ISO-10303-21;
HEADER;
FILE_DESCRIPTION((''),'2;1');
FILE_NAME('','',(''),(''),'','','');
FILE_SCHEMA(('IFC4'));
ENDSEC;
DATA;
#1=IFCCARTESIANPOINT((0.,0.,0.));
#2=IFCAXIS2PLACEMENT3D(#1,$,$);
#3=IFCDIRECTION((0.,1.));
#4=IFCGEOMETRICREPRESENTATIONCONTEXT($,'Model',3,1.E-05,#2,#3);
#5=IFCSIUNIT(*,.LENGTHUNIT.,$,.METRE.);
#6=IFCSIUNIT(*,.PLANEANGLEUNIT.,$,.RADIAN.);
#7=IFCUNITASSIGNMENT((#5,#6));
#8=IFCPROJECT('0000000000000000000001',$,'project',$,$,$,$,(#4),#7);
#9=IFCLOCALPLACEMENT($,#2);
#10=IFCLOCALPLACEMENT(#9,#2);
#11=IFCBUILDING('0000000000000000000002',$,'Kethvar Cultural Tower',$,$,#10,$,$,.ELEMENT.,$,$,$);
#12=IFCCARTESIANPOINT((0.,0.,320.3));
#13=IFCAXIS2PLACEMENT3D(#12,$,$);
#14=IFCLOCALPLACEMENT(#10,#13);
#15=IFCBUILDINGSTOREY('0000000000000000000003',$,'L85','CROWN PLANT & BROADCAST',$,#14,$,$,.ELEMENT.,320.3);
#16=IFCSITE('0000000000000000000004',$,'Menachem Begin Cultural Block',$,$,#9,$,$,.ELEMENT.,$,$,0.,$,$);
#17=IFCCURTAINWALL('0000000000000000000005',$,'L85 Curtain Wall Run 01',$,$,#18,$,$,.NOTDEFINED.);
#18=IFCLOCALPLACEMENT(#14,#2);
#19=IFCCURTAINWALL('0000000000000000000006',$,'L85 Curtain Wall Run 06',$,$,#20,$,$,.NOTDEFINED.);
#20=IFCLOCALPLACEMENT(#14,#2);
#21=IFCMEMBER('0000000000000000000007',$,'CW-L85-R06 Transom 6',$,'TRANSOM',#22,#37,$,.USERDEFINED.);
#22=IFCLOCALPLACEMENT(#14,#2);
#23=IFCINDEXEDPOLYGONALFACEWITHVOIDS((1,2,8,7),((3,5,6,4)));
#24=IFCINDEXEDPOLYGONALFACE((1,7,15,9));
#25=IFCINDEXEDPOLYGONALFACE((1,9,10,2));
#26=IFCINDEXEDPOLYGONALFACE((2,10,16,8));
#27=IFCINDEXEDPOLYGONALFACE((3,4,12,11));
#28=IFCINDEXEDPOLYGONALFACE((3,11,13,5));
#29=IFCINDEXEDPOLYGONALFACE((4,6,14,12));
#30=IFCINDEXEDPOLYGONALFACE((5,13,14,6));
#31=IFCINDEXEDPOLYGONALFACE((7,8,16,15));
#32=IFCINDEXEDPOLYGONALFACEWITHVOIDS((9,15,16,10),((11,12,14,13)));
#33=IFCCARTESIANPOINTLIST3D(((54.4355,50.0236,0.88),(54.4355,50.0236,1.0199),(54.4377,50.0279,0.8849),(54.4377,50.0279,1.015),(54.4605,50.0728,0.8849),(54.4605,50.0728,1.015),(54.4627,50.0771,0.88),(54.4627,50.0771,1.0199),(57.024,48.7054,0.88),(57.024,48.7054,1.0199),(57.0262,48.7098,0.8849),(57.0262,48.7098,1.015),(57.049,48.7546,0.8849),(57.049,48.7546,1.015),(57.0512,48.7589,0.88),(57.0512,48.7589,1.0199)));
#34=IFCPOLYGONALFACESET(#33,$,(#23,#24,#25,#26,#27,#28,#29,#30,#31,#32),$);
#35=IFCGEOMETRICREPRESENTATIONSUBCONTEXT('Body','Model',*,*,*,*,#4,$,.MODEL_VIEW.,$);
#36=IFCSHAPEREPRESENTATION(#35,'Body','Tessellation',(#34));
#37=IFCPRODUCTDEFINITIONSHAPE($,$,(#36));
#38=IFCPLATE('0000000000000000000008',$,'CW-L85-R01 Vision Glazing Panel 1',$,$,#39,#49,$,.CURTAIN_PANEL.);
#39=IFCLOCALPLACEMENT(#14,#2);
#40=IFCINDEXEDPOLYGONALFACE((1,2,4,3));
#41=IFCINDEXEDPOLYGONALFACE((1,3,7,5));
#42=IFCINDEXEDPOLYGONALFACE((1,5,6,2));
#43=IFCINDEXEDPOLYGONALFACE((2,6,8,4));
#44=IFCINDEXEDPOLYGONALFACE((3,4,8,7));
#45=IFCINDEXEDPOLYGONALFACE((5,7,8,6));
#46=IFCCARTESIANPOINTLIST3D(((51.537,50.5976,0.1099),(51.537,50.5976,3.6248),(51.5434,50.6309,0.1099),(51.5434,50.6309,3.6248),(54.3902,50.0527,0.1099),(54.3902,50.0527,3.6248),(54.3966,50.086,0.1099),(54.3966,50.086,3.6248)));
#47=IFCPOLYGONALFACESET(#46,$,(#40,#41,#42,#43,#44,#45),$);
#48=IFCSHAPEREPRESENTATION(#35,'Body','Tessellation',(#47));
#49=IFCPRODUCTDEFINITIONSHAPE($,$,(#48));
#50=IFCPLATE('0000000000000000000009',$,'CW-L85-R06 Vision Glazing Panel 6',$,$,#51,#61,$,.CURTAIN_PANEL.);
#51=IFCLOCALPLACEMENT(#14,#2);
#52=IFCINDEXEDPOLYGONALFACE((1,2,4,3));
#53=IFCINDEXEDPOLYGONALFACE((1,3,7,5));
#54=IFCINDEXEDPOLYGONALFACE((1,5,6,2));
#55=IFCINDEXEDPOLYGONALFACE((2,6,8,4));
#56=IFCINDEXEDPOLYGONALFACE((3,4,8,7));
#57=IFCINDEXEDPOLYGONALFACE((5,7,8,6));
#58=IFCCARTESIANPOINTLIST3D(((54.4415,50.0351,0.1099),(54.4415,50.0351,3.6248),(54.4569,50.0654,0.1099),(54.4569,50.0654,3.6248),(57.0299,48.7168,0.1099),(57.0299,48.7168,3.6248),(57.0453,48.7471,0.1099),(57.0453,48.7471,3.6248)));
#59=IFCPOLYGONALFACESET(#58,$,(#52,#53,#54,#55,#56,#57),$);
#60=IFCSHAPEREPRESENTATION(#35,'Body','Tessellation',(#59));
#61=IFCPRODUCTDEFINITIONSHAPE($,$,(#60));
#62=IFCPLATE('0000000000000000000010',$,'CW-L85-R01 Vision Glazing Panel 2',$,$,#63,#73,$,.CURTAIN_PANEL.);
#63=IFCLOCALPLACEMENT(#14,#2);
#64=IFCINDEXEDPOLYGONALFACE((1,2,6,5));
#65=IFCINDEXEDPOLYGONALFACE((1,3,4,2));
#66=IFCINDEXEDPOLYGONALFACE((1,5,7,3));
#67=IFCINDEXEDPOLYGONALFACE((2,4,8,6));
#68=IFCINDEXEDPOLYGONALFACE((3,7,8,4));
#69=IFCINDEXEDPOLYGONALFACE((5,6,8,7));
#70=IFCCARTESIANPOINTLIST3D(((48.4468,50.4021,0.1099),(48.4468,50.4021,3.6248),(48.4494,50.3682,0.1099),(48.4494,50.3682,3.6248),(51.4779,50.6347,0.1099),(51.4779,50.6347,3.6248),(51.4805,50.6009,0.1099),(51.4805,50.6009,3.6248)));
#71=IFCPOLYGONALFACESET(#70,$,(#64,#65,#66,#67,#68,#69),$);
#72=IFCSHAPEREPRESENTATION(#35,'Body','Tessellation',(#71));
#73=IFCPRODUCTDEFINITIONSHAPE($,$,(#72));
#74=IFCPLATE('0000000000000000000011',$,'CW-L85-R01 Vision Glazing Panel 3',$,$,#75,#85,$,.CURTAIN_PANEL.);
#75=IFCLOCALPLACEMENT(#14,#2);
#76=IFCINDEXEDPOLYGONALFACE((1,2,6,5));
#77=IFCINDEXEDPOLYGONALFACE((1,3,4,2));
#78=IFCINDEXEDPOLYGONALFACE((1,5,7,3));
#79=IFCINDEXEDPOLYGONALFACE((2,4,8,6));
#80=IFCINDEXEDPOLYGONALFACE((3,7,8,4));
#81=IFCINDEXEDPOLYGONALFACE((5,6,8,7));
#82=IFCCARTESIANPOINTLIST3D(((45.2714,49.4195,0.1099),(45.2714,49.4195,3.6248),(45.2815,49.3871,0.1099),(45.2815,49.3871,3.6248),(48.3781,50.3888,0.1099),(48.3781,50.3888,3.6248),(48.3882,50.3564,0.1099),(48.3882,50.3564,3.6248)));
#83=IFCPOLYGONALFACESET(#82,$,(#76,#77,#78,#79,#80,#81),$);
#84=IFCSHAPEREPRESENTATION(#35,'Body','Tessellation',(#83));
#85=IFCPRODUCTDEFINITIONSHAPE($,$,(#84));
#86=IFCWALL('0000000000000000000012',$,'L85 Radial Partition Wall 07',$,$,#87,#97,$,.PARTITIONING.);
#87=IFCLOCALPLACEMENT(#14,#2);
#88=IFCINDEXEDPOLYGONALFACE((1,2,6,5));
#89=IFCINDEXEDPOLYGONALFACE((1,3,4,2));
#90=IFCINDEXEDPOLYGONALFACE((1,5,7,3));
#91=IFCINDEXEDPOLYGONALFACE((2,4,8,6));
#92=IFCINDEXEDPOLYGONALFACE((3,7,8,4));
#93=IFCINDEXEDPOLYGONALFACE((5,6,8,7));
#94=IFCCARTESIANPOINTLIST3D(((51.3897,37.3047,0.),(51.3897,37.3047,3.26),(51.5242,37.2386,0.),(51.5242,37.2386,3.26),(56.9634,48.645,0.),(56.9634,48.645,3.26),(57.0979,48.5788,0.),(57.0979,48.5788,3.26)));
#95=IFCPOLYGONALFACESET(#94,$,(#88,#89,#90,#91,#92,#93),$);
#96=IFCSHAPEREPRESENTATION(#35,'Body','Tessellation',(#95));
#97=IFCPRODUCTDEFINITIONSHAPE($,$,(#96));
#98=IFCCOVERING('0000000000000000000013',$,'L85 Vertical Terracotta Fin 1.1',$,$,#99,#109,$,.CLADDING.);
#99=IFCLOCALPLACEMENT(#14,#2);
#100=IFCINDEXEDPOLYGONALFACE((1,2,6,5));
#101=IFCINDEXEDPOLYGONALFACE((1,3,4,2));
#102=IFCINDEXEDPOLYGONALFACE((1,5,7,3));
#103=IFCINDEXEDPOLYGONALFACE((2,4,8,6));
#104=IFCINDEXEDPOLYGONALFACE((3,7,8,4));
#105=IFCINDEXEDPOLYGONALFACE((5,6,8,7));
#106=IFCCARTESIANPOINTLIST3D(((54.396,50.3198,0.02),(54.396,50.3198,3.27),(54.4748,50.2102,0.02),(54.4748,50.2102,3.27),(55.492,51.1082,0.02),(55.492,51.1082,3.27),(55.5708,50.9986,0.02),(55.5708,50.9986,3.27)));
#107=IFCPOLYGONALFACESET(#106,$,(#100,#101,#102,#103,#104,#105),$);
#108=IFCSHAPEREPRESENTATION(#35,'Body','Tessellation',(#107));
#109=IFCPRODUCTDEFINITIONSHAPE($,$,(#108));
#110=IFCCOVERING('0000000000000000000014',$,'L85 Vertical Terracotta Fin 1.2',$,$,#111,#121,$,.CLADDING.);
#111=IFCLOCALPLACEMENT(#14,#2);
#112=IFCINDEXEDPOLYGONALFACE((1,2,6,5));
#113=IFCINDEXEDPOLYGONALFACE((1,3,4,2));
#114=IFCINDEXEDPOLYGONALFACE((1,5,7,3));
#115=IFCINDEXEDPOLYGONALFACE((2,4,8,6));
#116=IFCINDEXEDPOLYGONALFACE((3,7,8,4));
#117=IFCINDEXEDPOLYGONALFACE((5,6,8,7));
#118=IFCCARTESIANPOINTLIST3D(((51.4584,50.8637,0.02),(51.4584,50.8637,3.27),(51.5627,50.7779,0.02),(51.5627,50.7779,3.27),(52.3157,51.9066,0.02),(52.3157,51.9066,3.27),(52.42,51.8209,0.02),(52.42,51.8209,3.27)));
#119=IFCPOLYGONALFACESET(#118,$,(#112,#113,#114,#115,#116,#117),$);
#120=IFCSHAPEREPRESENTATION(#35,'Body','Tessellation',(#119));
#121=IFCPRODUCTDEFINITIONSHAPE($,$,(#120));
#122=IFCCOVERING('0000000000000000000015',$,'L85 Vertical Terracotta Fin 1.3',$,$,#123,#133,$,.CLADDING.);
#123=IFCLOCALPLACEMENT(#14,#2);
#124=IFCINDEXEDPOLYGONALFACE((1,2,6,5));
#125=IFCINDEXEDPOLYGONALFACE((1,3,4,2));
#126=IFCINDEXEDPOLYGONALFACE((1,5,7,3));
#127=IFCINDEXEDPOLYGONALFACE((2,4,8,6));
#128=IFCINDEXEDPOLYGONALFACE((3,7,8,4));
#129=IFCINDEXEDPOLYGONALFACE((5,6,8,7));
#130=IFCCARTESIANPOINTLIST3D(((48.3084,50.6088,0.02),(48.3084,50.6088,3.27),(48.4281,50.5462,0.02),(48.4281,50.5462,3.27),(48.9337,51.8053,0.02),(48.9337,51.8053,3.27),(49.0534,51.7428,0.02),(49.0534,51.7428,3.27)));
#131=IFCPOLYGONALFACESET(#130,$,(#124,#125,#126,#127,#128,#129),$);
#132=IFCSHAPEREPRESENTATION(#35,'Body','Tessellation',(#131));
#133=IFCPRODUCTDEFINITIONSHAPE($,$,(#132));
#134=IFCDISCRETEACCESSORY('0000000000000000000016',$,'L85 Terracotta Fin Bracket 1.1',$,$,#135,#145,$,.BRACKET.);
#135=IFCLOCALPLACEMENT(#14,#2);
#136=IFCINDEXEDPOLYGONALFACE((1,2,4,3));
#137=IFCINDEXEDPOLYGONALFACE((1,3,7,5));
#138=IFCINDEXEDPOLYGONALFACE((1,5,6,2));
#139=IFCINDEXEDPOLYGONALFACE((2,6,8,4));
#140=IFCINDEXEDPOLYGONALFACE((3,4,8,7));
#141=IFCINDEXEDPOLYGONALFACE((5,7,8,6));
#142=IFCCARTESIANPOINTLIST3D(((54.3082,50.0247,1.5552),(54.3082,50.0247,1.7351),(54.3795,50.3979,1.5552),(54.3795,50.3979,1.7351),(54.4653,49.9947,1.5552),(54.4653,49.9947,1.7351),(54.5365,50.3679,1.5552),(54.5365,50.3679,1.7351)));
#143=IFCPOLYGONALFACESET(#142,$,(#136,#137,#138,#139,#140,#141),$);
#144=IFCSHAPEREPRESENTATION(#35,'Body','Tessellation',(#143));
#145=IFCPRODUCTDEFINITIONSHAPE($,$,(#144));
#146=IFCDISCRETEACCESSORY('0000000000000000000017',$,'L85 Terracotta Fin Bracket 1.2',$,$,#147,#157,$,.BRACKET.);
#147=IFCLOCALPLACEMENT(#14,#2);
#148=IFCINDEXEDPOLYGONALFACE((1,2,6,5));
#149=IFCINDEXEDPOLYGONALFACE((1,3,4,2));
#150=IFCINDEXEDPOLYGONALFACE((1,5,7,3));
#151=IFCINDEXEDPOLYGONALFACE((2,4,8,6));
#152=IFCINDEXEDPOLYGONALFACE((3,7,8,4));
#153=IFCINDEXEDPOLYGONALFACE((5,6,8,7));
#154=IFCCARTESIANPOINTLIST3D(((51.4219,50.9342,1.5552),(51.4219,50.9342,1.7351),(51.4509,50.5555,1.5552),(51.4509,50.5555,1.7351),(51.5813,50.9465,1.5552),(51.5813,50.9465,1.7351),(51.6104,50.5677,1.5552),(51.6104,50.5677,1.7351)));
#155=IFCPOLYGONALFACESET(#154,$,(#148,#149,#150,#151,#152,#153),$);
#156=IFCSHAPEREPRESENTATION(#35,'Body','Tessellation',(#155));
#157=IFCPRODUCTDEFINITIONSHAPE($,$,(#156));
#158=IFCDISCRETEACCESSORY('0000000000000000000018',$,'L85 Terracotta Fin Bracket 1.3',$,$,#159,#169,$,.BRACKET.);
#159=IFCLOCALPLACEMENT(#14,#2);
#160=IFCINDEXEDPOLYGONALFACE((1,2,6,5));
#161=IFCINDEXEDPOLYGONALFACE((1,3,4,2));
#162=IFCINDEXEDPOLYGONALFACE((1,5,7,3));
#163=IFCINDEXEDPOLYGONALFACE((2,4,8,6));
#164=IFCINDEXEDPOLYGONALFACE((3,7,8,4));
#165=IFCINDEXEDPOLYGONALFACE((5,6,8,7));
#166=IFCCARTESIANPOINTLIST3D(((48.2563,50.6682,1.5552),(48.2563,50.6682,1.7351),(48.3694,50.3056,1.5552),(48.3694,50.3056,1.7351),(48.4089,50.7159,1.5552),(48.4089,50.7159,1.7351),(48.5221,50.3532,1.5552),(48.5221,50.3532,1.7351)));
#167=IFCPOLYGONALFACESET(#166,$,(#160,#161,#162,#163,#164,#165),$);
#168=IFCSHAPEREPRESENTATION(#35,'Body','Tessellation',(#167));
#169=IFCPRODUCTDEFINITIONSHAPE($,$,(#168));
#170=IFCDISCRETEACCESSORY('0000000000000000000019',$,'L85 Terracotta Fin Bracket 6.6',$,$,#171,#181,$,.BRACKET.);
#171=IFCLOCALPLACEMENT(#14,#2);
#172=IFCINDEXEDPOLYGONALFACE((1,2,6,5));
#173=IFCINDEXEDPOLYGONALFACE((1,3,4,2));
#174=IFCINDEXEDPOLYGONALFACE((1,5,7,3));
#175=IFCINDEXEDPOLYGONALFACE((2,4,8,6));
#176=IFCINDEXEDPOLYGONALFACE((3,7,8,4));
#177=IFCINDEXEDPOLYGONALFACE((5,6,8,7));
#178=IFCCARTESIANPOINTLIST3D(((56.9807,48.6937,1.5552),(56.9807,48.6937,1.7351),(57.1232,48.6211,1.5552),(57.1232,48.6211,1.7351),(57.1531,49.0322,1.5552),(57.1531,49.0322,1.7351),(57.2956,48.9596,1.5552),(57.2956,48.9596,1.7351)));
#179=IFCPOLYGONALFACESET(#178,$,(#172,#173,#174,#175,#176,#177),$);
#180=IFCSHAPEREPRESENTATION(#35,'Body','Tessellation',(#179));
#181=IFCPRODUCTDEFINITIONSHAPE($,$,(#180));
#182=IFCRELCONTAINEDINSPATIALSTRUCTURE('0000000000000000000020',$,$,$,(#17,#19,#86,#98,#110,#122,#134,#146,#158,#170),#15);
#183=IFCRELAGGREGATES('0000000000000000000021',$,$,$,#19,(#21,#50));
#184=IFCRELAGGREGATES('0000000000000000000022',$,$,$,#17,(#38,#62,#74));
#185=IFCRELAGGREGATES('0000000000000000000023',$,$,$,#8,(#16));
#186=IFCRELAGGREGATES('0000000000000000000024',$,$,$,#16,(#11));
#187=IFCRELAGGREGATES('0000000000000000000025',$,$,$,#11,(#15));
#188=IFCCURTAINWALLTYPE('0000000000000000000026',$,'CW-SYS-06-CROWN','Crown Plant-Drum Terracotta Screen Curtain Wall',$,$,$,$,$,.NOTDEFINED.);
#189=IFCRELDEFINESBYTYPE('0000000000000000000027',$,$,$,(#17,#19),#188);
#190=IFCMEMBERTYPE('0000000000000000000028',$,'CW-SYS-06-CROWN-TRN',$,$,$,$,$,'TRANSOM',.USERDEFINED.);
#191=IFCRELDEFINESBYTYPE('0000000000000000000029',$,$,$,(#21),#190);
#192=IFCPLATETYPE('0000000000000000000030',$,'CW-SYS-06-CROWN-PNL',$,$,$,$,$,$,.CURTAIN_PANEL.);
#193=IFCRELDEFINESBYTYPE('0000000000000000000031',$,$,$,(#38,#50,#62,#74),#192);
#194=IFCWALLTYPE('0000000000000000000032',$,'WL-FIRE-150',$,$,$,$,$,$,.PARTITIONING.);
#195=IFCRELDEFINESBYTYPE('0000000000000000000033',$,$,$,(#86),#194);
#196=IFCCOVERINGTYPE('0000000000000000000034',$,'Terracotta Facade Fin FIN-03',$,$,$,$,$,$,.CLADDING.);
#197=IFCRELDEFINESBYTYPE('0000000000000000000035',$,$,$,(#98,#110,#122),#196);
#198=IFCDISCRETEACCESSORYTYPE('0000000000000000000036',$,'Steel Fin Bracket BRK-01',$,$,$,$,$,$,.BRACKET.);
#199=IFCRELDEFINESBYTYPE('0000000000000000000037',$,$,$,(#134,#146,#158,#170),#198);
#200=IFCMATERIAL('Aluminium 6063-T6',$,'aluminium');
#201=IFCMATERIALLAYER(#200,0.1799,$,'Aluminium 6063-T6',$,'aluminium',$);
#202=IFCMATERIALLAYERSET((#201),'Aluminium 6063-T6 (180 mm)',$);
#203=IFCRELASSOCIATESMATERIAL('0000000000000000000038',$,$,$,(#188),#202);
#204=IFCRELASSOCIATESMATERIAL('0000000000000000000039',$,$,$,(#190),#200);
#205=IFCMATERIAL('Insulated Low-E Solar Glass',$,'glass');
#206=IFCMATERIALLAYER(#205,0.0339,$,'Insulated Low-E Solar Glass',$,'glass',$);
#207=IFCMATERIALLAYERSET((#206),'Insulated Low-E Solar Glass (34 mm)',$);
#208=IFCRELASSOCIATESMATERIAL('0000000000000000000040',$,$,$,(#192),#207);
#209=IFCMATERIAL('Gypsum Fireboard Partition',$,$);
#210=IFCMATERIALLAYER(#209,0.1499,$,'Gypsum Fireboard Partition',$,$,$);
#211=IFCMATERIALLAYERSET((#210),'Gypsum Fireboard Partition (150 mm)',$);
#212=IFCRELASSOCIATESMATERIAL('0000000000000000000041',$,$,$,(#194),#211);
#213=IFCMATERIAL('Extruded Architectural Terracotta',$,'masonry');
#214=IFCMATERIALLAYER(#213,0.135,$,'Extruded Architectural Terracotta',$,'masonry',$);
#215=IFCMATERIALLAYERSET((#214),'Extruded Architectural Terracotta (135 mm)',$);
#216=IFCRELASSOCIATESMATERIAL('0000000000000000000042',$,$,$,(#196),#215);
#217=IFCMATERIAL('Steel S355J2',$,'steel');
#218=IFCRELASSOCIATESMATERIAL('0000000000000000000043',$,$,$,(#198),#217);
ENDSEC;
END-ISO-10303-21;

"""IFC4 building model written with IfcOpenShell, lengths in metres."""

from ifc_helpers import new_model, si_unit, direction, frame, frame_2d, origin, origin_2d, place, context, subcontext, project, spatial, rectangle, hollow_rectangle, extrude, source, transform, mapped, material, layer, layer_set, material_profile, profile_set, type_object, element, aggregate, save


model = new_model("IFC4")

# Units and contexts
model_context = context("Model", 3, precision=1e-05, world=origin(), true_north=direction((0.0, 1.0)))
body_context = subcontext(model_context, "Body", "Model", "MODEL_VIEW")
ifc_project = project(units=[si_unit("LENGTHUNIT", "METRE"), si_unit("PLANEANGLEUNIT", "RADIAN")], contexts=[model_context])

# Site, building, storey
site_placement = place(None, origin())
site = spatial("IfcSite", under=ifc_project, at=site_placement, Name="Menachem Begin Cultural Block", CompositionType="ELEMENT", RefElevation=0.0)
building_placement = place(site_placement, origin())
building = spatial("IfcBuilding", under=site, at=building_placement, Name="Kethvar Cultural Tower", CompositionType="ELEMENT")
storey_placement = place(building_placement, frame((0.0, 0.0, 320.3)))
storey = spatial("IfcBuildingStorey", under=building, at=storey_placement, Name="L85", Description="CROWN PLANT & BROADCAST", CompositionType="ELEMENT", Elevation=320.3)

# Shared definitions
ifc_material_1 = material(Name="Steel S355J2", Category="steel")

# Curtain wall
ifc_material_2 = material(Name="Aluminium 6063-T6", Category="aluminium")
ifc_layer_1 = layer(ifc_material_2, 0.1799, Name="Aluminium 6063-T6", Category="aluminium")
ifc_layer_set_1 = layer_set([ifc_layer_1], Name="Aluminium 6063-T6 (180 mm)")
curtain_wall_type = type_object("IfcCurtainWallType", Name="CW-SYS-06-CROWN", Description="Crown Plant-Drum Terracotta Screen Curtain Wall", PredefinedType="NOTDEFINED", material=ifc_layer_set_1)
curtain_wall_1_placement = place(storey_placement, origin())
curtain_wall_1 = element("IfcCurtainWall", 1, at=curtain_wall_1_placement, inside=storey, type_object=curtain_wall_type, Name="L85 Curtain Wall Run 01", PredefinedType="NOTDEFINED")

# Curtain wall
curtain_wall_2_placement = place(storey_placement, origin())
curtain_wall_2 = element("IfcCurtainWall", 2, at=curtain_wall_2_placement, inside=storey, type_object=curtain_wall_type, Name="L85 Curtain Wall Run 06", PredefinedType="NOTDEFINED")

# Member
ifc_material_profile_1 = material_profile(ifc_material_2, hollow_rectangle(XDim=0.0601, YDim=0.1399, WallThickness=0.0049, at=origin_2d()), Name="Aluminium 6063-T6 — RHS140x60x5")
ifc_profile_set_1 = profile_set([ifc_material_profile_1], Name="Aluminium 6063-T6 — RHS140x60x5")
member_type_1 = type_object("IfcMemberType", Name="CW-SYS-06-CROWN-TRN", ElementType="TRANSOM", PredefinedType="USERDEFINED", material=ifc_profile_set_1)
shared_shape_1 = source(origin(), body_context, "Body", "SweptSolid", [
    extrude(hollow_rectangle(XDim=0.0601, YDim=0.1399, WallThickness=0.0049, at=origin_2d()), origin(), (0.0, 0.0, 1.0), 2.9048),
])
member_1_placement = place(storey_placement, frame((57.0376, 48.7322, 0.95), z_axis=(-0.891108, 0.453791, 0.0), x_axis=(-0.453791, -0.891108, 0.0)))
member_1 = element("IfcMember", 3, at=member_1_placement, type_object=member_type_1, Name="CW-L85-R06 Transom 6", ObjectType="TRANSOM", PredefinedType="USERDEFINED", context=body_context, shape_type="MappedRepresentation", body=[
    mapped(shared_shape_1, transform((0.0, 0.0, 0.0), scale=1.0)),
])

# Plates
ifc_material_3 = material(Name="Insulated Low-E Solar Glass", Category="glass")
ifc_layer_2 = layer(ifc_material_3, 0.0339, Name="Insulated Low-E Solar Glass", Category="glass")
ifc_layer_set_2 = layer_set([ifc_layer_2], Name="Insulated Low-E Solar Glass (34 mm)")
plate_type = type_object("IfcPlateType", Name="CW-SYS-06-CROWN-PNL", PredefinedType="CURTAIN_PANEL", material=ifc_layer_set_2)
shared_shape_2 = source(origin(), body_context, "Body", "SweptSolid", [
    extrude(rectangle(XDim=2.9048, YDim=0.0339, at=origin_2d()), origin(), (0.0, 0.0, 1.0), 3.5149),
])
plate_1_placement = place(storey_placement, frame((52.9668, 50.3418, 0.1099), z_axis=(0.0, 0.0, 1.0), x_axis=(-0.982251, 0.18757, 0.0)))
plate_1 = element("IfcPlate", 4, at=plate_1_placement, type_object=plate_type, Name="CW-L85-R01 Vision Glazing Panel 1", PredefinedType="CURTAIN_PANEL", context=body_context, shape_type="MappedRepresentation", body=[
    mapped(shared_shape_2, transform((0.0, 0.0, 0.0), scale=1.0)),
])
plate_2_placement = place(storey_placement, frame((55.7434, 49.3911, 0.1099), z_axis=(0.0, 0.0, 1.0), x_axis=(-0.891086, 0.453835, 0.0)))
plate_2 = element("IfcPlate", 5, at=plate_2_placement, type_object=plate_type, Name="CW-L85-R06 Vision Glazing Panel 6", PredefinedType="CURTAIN_PANEL", context=body_context, shape_type="MappedRepresentation", body=[
    mapped(shared_shape_2, transform((0.0, 0.0, 0.0), scale=1.0)),
])
aggregate(curtain_wall_2, [member_1, plate_2])
shared_shape_3 = source(origin(), body_context, "Body", "SweptSolid", [
    extrude(rectangle(XDim=3.04, YDim=0.0339, at=origin_2d()), origin(), (0.0, 0.0, 1.0), 3.5149),
])
plate_3_placement = place(storey_placement, frame((49.9636, 50.5015, 0.1099), z_axis=(0.0, 0.0, 1.0), x_axis=(-0.997067, -0.076528, 0.0)))
plate_3 = element("IfcPlate", 6, at=plate_3_placement, type_object=plate_type, Name="CW-L85-R01 Vision Glazing Panel 2", PredefinedType="CURTAIN_PANEL", context=body_context, shape_type="MappedRepresentation", body=[
    mapped(shared_shape_3, transform((0.0, 0.0, 0.0), scale=1.0)),
])
shared_shape_4 = source(origin(), body_context, "Body", "SweptSolid", [
    extrude(rectangle(XDim=3.2544, YDim=0.0339, at=origin_2d()), origin(), (0.0, 0.0, 1.0), 3.5149),
])
plate_4_placement = place(storey_placement, frame((46.8298, 49.8879, 0.1099), z_axis=(0.0, 0.0, 1.0), x_axis=(-0.954615, -0.297841, 0.0)))
plate_4 = element("IfcPlate", 7, at=plate_4_placement, type_object=plate_type, Name="CW-L85-R01 Vision Glazing Panel 3", PredefinedType="CURTAIN_PANEL", context=body_context, shape_type="MappedRepresentation", body=[
    mapped(shared_shape_4, transform((0.0, 0.0, 0.0), scale=1.0)),
])
aggregate(curtain_wall_1, [plate_1, plate_3, plate_4])

# Wall
ifc_material_4 = material(Name="Gypsum Fireboard Partition")
ifc_layer_3 = layer(ifc_material_4, 0.1499, Name="Gypsum Fireboard Partition")
ifc_layer_set_3 = layer_set([ifc_layer_3], Name="Gypsum Fireboard Partition (150 mm)")
wall_type = type_object("IfcWallType", Name="WL-FIRE-150", PredefinedType="PARTITIONING", material=ifc_layer_set_3)
wall_placement = place(storey_placement, frame((51.457, 37.2717, 0.0), z_axis=(0.0, 0.0, 1.0), x_axis=(0.441098, 0.897459, 0.0)))
element("IfcWall", 8, at=wall_placement, inside=storey, type_object=wall_type, Name="L85 Radial Partition Wall 07", PredefinedType="PARTITIONING", context=body_context, shape_type="SweptSolid", body=[
    extrude(rectangle(XDim=12.636, YDim=0.1499, at=frame_2d((6.3179, 0.0))), origin(), (0.0, 0.0, 1.0), 3.26),
])

# Coverings
ifc_material_5 = material(Name="Extruded Architectural Terracotta", Category="masonry")
ifc_layer_4 = layer(ifc_material_5, 0.135, Name="Extruded Architectural Terracotta", Category="masonry")
ifc_layer_set_4 = layer_set([ifc_layer_4], Name="Extruded Architectural Terracotta (135 mm)")
covering_type = type_object("IfcCoveringType", Name="Terracotta Facade Fin FIN-03", PredefinedType="CLADDING", material=ifc_layer_set_4)
shared_shape_5 = source(origin(), body_context, "Body", "SweptSolid", [
    extrude(rectangle(XDim=1.3501, YDim=0.135, at=origin_2d()), origin(), (0.0, 0.0, 1.0), 3.25),
])
for number, where, z_axis, x_axis, name in (
    (9, (54.9834, 50.6592, 0.02), (0.0, 0.0, 1.0), (0.811778, 0.583966, 0.0), "L85 Vertical Terracotta Fin 1.1"),
    (10, (51.9392, 51.3423, 0.02), (0.0, 0.0, 1.0), (0.635, 0.772512, 0.0), "L85 Vertical Terracotta Fin 1.2"),
    (11, (48.6809, 51.1758, 0.02), (0.0, 0.0, 1.0), (0.463141, 0.886284, 0.0), "L85 Vertical Terracotta Fin 1.3"),
):
    element("IfcCovering", number, at=place(storey_placement, frame(where, z_axis=z_axis, x_axis=x_axis)), inside=storey, type_object=covering_type, Name=name, PredefinedType="CLADDING", context=body_context, shape_type="MappedRepresentation", body=[
        mapped(shared_shape_5, transform((0.0, 0.0, 0.0), scale=1.0)),
    ])

# Discrete accessories
discrete_accessory_type = type_object("IfcDiscreteAccessoryType", Name="Steel Fin Bracket BRK-01", PredefinedType="BRACKET", material=ifc_material_1)
shared_shape_6 = source(origin(), body_context, "Body", "SweptSolid", [
    extrude(rectangle(XDim=0.3799, YDim=0.1599, at=origin_2d()), origin(), (0.0, 0.0, 1.0), 0.1799),
])
for number, where, z_axis, x_axis, name in (
    (12, (54.4224, 50.1963, 1.5552), (0.0, 0.0, 1.0), (0.187553, 0.982255, 0.0), "L85 Terracotta Fin Bracket 1.1"),
    (13, (51.5161, 50.751, 1.5552), (0.0, 0.0, 1.0), (-0.076545, 0.997066, 0.0), "L85 Terracotta Fin Bracket 1.2"),
    (14, (48.3892, 50.5107, 1.5552), (0.0, 0.0, 1.0), (-0.297875, 0.954605, 0.0), "L85 Terracotta Fin Bracket 1.3"),
    (15, (57.1382, 48.8267, 1.5552), (0.0, 0.0, 1.0), (0.453835, 0.891086, 0.0), "L85 Terracotta Fin Bracket 6.6"),
):
    element("IfcDiscreteAccessory", number, at=place(storey_placement, frame(where, z_axis=z_axis, x_axis=x_axis)), inside=storey, type_object=discrete_accessory_type, Name=name, PredefinedType="BRACKET", context=body_context, shape_type="MappedRepresentation", body=[
        mapped(shared_shape_6, transform((0.0, 0.0, 0.0), scale=1.0)),
    ])

save(model, "model.ifc")
